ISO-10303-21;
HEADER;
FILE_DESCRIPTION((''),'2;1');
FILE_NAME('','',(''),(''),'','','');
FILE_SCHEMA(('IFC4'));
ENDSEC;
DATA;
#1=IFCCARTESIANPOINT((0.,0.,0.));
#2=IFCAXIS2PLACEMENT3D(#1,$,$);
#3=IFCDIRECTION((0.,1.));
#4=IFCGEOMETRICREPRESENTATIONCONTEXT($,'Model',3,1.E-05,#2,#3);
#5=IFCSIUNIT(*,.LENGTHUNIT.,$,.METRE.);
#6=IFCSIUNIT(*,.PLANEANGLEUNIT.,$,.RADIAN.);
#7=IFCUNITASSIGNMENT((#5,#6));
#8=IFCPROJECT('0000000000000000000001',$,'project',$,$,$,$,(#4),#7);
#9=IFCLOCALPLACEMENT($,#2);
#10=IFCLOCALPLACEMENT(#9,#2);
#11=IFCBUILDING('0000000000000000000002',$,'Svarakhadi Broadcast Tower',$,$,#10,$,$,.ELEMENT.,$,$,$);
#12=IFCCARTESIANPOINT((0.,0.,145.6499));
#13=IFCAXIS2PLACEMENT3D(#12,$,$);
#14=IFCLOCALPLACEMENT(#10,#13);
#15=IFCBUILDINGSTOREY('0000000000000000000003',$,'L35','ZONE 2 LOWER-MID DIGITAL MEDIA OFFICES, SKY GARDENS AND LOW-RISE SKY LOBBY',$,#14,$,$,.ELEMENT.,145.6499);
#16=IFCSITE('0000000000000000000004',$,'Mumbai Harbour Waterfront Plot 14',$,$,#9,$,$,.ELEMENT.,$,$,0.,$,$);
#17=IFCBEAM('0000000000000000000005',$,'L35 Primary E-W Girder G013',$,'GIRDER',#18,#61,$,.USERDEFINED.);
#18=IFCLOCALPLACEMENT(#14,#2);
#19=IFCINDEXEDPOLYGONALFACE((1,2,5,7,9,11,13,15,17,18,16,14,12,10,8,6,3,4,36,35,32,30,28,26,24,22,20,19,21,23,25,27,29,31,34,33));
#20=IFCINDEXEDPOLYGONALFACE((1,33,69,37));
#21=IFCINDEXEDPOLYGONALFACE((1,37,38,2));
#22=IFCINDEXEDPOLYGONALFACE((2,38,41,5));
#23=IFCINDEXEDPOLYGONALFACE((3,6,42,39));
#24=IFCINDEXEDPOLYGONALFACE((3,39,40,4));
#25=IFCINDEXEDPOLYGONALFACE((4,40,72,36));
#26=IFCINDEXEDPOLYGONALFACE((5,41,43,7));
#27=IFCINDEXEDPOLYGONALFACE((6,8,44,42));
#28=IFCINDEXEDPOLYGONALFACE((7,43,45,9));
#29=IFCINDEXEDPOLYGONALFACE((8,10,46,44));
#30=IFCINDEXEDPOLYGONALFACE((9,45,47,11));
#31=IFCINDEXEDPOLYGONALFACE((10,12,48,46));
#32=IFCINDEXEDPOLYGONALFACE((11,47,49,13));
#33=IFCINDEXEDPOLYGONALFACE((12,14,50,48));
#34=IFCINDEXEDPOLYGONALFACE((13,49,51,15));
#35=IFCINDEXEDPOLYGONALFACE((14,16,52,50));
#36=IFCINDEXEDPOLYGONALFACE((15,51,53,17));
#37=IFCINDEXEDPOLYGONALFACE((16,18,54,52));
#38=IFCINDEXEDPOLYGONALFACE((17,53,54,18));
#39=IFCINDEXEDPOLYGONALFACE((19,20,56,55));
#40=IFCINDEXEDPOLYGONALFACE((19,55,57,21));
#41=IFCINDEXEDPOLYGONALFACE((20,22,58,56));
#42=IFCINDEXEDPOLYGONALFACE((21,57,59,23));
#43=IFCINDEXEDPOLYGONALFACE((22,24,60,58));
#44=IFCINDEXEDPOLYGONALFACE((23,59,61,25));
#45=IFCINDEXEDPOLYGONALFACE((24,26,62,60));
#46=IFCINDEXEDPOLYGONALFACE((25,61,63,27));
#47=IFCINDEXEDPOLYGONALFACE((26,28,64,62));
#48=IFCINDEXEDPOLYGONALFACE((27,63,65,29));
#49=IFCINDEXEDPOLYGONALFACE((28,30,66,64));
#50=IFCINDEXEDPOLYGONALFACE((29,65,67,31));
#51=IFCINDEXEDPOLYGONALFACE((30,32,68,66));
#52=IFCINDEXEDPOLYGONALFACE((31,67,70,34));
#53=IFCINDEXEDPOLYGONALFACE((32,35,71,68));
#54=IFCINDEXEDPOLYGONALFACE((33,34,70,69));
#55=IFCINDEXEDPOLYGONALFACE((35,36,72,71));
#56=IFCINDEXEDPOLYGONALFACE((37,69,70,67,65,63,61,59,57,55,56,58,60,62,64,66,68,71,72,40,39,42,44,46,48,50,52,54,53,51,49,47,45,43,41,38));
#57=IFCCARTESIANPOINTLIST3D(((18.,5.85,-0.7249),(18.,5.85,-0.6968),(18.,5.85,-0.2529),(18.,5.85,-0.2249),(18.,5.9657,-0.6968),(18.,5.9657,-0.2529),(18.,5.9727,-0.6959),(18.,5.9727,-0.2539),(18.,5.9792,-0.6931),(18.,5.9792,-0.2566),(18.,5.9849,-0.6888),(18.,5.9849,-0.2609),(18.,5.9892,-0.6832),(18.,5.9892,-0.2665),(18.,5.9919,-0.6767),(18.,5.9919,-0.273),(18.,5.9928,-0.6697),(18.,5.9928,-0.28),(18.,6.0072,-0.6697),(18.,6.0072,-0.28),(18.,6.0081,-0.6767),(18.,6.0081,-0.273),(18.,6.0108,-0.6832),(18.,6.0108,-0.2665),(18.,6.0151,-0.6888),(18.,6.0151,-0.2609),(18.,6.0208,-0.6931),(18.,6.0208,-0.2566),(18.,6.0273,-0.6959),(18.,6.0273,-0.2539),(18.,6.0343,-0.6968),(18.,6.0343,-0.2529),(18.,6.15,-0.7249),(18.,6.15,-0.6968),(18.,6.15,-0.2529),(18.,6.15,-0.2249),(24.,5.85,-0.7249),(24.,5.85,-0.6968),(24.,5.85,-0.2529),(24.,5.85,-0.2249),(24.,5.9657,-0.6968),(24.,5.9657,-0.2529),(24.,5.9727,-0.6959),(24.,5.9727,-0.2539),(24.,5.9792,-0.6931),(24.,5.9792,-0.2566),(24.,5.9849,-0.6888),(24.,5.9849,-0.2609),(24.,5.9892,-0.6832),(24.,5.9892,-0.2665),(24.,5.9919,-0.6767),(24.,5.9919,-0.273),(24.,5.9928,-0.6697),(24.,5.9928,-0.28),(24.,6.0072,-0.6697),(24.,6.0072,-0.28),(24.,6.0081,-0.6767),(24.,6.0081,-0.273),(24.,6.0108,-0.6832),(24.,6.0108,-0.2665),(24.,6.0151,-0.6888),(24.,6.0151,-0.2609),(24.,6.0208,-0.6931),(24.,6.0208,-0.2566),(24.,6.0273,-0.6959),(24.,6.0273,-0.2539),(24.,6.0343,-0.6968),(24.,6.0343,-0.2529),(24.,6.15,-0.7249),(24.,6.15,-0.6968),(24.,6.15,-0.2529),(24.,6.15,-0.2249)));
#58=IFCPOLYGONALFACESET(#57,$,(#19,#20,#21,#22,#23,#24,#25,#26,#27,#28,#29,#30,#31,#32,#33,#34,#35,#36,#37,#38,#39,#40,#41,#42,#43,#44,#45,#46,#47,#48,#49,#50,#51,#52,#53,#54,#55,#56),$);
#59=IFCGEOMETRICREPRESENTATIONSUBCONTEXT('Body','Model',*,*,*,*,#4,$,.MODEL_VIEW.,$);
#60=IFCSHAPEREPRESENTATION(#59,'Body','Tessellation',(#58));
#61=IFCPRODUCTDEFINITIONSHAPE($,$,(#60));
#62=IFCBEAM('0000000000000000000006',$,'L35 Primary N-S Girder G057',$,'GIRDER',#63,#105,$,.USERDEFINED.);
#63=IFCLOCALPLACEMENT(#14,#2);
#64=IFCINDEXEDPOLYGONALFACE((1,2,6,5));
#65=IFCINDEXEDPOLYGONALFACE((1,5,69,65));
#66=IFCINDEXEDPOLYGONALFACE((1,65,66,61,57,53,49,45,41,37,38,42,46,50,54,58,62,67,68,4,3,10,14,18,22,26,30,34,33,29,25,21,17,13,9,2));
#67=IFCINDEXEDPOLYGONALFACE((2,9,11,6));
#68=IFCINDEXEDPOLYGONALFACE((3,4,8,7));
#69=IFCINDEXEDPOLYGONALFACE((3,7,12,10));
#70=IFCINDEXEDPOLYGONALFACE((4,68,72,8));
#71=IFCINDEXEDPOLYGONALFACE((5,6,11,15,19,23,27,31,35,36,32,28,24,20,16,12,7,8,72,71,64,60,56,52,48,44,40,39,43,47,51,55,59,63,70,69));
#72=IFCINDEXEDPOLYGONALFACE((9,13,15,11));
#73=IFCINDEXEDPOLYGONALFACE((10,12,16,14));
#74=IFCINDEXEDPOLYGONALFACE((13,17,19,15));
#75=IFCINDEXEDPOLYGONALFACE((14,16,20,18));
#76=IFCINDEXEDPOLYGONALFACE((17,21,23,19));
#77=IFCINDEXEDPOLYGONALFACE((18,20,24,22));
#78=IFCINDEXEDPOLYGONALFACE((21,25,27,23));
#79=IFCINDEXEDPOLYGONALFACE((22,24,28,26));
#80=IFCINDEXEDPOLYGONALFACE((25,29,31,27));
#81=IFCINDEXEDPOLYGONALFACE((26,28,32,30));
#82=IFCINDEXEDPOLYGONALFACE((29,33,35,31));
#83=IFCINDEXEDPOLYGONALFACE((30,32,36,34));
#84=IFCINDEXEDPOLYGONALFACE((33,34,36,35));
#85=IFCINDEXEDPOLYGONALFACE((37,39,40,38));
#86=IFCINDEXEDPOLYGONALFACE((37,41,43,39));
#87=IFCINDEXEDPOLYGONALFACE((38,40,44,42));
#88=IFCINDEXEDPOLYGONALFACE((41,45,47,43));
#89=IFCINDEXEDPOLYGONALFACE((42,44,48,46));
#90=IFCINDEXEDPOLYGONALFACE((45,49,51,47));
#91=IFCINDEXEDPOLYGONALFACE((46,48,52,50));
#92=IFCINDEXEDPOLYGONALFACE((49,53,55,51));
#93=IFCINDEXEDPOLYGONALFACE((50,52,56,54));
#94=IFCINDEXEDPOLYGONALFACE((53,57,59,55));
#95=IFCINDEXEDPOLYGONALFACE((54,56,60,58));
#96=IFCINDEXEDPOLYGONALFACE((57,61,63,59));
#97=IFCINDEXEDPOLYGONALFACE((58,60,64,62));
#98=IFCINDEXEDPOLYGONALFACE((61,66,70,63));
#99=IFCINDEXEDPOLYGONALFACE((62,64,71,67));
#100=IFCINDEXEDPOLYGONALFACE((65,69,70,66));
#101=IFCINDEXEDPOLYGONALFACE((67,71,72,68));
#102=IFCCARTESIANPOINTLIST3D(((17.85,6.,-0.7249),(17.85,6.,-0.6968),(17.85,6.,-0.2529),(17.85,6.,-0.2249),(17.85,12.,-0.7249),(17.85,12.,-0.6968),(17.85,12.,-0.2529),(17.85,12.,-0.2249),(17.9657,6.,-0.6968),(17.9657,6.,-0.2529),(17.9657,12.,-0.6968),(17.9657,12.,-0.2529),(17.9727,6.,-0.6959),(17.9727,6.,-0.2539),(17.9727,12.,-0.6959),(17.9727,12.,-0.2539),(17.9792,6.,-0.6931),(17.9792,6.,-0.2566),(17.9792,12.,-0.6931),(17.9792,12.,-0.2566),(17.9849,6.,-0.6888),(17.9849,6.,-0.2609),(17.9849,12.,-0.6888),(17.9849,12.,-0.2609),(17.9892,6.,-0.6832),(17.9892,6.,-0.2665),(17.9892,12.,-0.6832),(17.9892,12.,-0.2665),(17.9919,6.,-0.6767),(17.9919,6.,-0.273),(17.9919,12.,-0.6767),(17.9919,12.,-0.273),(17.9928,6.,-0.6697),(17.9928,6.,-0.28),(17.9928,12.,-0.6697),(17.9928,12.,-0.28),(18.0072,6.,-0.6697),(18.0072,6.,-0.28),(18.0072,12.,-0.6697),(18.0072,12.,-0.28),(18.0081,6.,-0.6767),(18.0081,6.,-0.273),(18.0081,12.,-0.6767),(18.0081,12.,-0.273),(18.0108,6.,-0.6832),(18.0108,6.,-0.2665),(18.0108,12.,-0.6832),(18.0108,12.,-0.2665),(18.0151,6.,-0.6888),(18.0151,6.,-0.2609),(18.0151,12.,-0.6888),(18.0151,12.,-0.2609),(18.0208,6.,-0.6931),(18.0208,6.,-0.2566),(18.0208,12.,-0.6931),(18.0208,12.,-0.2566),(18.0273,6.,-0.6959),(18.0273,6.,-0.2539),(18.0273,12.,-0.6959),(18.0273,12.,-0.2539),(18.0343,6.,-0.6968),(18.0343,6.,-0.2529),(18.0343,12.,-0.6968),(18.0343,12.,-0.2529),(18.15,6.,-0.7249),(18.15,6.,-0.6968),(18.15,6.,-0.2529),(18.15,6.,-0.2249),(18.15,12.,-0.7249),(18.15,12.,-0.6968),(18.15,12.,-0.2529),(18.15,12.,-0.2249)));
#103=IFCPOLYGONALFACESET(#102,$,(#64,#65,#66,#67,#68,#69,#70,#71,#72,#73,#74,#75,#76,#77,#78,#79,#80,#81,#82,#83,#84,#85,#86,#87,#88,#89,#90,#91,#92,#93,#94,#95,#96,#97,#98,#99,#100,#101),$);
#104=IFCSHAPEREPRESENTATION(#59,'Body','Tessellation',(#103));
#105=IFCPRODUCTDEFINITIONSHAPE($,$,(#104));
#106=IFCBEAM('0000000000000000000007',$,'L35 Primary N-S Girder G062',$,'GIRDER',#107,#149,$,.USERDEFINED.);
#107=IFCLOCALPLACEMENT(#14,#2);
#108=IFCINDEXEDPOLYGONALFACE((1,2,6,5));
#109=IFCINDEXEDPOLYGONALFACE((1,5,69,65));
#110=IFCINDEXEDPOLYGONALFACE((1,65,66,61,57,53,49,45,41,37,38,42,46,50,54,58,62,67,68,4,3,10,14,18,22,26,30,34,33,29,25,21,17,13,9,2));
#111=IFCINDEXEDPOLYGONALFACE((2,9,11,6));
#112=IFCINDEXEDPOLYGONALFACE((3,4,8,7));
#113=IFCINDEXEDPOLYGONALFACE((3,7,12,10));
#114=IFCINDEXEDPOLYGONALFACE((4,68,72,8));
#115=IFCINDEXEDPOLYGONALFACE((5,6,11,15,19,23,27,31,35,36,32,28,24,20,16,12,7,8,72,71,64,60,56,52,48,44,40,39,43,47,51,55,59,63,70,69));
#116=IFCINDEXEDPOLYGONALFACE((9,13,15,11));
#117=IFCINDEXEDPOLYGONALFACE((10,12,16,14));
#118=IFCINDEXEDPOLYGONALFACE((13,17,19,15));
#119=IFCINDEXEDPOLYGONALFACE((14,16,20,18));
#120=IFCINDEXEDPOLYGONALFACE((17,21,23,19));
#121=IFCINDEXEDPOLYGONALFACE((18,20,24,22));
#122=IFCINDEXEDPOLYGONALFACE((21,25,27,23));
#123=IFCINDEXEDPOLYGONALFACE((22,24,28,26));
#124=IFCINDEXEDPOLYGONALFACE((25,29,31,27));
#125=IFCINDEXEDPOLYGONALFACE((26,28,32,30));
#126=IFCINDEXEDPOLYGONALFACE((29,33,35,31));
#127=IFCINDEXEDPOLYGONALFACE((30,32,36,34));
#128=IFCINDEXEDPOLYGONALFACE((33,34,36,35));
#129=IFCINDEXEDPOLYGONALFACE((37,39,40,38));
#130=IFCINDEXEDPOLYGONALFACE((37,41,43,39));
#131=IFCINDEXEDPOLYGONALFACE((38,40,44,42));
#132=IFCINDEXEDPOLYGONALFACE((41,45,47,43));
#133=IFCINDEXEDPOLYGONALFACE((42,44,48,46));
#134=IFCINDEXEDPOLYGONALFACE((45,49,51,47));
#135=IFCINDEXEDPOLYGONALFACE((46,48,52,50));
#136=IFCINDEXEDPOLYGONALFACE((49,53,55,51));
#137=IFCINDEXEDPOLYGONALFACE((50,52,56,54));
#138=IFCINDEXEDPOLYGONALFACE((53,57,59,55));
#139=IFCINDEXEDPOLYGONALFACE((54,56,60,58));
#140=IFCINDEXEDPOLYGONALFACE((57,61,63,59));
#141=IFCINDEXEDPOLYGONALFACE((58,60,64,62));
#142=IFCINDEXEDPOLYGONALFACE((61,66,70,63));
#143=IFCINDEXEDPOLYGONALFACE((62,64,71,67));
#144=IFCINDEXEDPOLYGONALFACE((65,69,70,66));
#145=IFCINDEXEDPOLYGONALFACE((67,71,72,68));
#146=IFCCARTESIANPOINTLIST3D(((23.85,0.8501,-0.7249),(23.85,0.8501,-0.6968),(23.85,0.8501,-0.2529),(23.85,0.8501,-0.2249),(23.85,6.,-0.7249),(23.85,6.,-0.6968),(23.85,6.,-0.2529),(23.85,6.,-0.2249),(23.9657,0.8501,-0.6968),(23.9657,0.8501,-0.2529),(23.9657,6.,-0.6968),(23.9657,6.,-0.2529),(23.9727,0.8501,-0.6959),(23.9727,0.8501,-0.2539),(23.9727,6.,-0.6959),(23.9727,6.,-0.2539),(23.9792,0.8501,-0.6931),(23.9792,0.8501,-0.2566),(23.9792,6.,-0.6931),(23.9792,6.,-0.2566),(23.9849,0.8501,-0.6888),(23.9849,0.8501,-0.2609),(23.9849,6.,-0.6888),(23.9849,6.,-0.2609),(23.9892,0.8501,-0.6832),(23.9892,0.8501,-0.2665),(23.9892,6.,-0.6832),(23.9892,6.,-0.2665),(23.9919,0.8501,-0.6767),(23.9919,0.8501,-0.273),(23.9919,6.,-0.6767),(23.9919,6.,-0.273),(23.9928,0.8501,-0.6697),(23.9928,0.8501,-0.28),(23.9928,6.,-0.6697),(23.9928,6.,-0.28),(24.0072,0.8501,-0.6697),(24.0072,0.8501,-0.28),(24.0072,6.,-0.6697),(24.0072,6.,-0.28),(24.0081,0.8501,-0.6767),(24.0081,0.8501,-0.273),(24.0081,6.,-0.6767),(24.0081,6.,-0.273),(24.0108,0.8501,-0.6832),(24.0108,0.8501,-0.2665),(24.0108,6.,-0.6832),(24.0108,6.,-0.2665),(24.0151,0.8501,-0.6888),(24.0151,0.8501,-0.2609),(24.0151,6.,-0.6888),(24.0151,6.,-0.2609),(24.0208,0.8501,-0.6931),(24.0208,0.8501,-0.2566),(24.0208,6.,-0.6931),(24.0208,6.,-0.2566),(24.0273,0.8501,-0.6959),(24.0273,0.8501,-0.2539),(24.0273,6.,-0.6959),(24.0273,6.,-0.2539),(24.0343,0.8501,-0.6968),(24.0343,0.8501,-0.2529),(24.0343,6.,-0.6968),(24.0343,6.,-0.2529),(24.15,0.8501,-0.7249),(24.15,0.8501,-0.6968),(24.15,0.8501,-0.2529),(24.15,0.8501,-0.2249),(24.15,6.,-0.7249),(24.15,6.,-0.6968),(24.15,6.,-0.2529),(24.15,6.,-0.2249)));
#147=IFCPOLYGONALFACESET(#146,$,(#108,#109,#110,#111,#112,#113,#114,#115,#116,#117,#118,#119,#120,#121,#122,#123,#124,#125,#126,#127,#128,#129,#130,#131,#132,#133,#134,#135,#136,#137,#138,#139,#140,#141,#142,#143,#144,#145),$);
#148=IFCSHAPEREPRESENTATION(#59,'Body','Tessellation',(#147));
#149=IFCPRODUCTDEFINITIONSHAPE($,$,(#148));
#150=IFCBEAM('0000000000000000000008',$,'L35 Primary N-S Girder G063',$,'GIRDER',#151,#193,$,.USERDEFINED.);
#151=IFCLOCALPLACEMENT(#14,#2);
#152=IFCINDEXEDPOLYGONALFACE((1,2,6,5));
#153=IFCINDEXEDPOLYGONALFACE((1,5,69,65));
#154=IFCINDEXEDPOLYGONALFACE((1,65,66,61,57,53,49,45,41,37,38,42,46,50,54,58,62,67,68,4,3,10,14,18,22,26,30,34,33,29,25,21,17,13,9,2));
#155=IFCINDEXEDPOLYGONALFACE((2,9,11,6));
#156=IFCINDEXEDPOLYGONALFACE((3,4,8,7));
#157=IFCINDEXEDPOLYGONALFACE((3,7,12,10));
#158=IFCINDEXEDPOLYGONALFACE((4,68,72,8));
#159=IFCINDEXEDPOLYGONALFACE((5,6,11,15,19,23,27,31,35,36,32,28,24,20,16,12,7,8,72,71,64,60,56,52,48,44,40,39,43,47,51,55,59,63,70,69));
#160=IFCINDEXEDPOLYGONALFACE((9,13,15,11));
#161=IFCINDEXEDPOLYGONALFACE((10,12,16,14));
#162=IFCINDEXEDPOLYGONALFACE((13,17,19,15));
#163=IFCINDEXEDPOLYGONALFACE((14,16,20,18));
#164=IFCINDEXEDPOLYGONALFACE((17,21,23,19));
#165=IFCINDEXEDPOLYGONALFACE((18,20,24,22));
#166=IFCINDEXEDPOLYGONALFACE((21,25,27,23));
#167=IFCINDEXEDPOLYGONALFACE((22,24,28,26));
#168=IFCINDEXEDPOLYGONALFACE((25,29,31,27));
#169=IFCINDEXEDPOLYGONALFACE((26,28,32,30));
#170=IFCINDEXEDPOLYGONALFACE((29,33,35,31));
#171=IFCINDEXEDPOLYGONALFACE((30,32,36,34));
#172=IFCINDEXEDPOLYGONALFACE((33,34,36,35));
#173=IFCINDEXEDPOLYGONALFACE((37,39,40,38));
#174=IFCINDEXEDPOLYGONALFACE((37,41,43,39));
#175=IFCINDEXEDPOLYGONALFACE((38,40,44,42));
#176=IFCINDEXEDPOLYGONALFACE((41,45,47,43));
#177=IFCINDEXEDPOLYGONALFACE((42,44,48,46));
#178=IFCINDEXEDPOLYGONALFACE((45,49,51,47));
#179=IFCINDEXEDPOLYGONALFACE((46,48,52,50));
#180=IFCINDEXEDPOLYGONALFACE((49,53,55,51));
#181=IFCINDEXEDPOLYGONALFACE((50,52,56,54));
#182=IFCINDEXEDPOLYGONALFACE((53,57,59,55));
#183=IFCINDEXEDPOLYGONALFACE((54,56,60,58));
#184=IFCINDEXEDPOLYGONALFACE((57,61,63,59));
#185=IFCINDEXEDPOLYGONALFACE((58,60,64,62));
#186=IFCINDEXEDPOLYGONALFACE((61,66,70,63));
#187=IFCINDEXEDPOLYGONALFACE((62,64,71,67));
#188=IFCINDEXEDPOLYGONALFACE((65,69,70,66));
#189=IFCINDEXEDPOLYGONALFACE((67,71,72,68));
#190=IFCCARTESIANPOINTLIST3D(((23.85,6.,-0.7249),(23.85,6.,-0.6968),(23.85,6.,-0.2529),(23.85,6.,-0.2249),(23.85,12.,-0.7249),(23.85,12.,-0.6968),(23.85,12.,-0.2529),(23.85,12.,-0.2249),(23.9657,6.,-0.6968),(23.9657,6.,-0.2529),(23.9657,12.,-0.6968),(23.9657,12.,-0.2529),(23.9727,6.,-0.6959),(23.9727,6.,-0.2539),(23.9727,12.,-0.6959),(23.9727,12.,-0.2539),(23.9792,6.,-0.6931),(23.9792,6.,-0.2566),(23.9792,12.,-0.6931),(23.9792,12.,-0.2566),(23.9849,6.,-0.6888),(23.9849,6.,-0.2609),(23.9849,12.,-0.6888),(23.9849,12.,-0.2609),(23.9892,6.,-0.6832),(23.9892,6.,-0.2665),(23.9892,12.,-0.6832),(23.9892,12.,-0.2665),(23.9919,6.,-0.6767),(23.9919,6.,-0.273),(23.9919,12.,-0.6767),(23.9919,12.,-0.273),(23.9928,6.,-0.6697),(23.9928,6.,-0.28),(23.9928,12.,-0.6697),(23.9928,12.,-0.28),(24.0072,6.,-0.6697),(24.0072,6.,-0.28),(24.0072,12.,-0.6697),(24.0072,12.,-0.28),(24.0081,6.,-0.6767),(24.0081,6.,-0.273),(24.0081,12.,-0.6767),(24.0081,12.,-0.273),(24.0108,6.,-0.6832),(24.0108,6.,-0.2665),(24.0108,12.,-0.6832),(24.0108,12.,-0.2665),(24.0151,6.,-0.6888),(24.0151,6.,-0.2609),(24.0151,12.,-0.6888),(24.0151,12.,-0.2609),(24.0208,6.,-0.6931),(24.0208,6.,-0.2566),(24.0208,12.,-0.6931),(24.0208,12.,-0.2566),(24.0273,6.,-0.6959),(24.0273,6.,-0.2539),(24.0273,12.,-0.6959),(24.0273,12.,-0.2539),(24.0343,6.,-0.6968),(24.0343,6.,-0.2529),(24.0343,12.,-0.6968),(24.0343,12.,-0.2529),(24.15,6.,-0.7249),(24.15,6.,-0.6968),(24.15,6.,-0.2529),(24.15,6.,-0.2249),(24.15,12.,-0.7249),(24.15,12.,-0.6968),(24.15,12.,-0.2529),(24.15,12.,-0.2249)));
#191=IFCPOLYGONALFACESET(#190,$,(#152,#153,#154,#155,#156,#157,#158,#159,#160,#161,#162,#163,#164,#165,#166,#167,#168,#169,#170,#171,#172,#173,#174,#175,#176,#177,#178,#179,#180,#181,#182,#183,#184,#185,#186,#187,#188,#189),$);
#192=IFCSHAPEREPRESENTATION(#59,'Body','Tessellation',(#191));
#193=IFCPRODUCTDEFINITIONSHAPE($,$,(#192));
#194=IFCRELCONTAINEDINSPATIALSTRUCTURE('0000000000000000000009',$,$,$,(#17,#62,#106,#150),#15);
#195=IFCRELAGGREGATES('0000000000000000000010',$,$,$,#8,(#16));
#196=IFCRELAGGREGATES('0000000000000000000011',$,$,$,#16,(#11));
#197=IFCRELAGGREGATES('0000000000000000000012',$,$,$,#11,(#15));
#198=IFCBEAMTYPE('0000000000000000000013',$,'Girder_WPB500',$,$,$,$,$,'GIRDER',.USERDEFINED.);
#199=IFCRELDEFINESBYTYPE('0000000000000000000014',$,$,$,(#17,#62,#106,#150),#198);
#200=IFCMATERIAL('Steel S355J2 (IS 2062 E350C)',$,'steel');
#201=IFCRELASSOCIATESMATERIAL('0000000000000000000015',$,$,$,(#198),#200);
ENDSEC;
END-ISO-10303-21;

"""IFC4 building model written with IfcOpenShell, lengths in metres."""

from ifc_helpers import new_model, si_unit, direction, frame, origin, origin_2d, place, context, subcontext, project, spatial, i_section, extrude, material, material_profile, profile_set, type_object, element, save


model = new_model("IFC4")

# Units and contexts
model_context = context("Model", 3, precision=1e-05, world=origin(), true_north=direction((0.0, 1.0)))
body_context = subcontext(model_context, "Body", "Model", "MODEL_VIEW")
ifc_project = project(units=[si_unit("LENGTHUNIT", "METRE"), si_unit("PLANEANGLEUNIT", "RADIAN")], contexts=[model_context])

# Site, building, storey
site_placement = place(None, origin())
site = spatial("IfcSite", under=ifc_project, at=site_placement, Name="Mumbai Harbour Waterfront Plot 14", CompositionType="ELEMENT", RefElevation=0.0)
building_placement = place(site_placement, origin())
building = spatial("IfcBuilding", under=site, at=building_placement, Name="Svarakhadi Broadcast Tower", CompositionType="ELEMENT")
storey_placement = place(building_placement, frame((0.0, 0.0, 145.6499)))
storey = spatial("IfcBuildingStorey", under=building, at=storey_placement, Name="L35", Description="ZONE 2 LOWER-MID DIGITAL MEDIA OFFICES, SKY GARDENS AND LOW-RISE SKY LOBBY", CompositionType="ELEMENT", Elevation=145.6499)

# Beams
ifc_material_1 = material(Name="Steel S355J2 (IS 2062 E350C)", Category="steel")
ifc_material_profile_1 = material_profile(ifc_material_1, i_section(OverallWidth=0.3, OverallDepth=0.5, WebThickness=0.0144, FlangeThickness=0.0281, FilletRadius=0.0271, at=origin_2d()), Name="WPB 500x300x187")
ifc_profile_set_1 = profile_set([ifc_material_profile_1], Name="Steel S355J2 (IS 2062 E350C)")
beam_type_1 = type_object("IfcBeamType", Name="Girder_WPB500", ElementType="GIRDER", PredefinedType="USERDEFINED", material=ifc_profile_set_1)
for number, where, z_axis, x_axis, name in (
    (1, (18.0, 6.0, -0.4749), (1.0, 0.0, 0.0), (0.0, 1.0, 0.0), "L35 Primary E-W Girder G013"),
    (2, (18.0, 6.0, -0.4749), (0.0, 1.0, 0.0), (-1.0, 0.0, 0.0), "L35 Primary N-S Girder G057"),
):
    element("IfcBeam", number, at=place(storey_placement, frame(where, z_axis=z_axis, x_axis=x_axis)), inside=storey, type_object=beam_type_1, Name=name, ObjectType="GIRDER", PredefinedType="USERDEFINED", context=body_context, shape_type="SweptSolid", body=[
        extrude(i_section(OverallWidth=0.3, OverallDepth=0.5, WebThickness=0.0144, FlangeThickness=0.0281, FilletRadius=0.0271, at=origin_2d()), origin(), (0.0, 0.0, 1.0), 6.0),
    ])
beam_1_placement = place(storey_placement, frame((24.0, 0.8501, -0.4749), z_axis=(0.0, 1.0, 0.0), x_axis=(-1.0, 0.0, 0.0)))
element("IfcBeam", 3, at=beam_1_placement, inside=storey, type_object=beam_type_1, Name="L35 Primary N-S Girder G062", ObjectType="GIRDER", PredefinedType="USERDEFINED", context=body_context, shape_type="SweptSolid", body=[
    extrude(i_section(OverallWidth=0.3, OverallDepth=0.5, WebThickness=0.0144, FlangeThickness=0.0281, FilletRadius=0.0271, at=origin_2d()), origin(), (0.0, 0.0, 1.0), 5.1499),
])
beam_2_placement = place(storey_placement, frame((24.0, 6.0, -0.4749), z_axis=(0.0, 1.0, 0.0), x_axis=(-1.0, 0.0, 0.0)))
element("IfcBeam", 4, at=beam_2_placement, inside=storey, type_object=beam_type_1, Name="L35 Primary N-S Girder G063", ObjectType="GIRDER", PredefinedType="USERDEFINED", context=body_context, shape_type="SweptSolid", body=[
    extrude(i_section(OverallWidth=0.3, OverallDepth=0.5, WebThickness=0.0144, FlangeThickness=0.0281, FilletRadius=0.0271, at=origin_2d()), origin(), (0.0, 0.0, 1.0), 6.0),
])

save(model, "model.ifc")
